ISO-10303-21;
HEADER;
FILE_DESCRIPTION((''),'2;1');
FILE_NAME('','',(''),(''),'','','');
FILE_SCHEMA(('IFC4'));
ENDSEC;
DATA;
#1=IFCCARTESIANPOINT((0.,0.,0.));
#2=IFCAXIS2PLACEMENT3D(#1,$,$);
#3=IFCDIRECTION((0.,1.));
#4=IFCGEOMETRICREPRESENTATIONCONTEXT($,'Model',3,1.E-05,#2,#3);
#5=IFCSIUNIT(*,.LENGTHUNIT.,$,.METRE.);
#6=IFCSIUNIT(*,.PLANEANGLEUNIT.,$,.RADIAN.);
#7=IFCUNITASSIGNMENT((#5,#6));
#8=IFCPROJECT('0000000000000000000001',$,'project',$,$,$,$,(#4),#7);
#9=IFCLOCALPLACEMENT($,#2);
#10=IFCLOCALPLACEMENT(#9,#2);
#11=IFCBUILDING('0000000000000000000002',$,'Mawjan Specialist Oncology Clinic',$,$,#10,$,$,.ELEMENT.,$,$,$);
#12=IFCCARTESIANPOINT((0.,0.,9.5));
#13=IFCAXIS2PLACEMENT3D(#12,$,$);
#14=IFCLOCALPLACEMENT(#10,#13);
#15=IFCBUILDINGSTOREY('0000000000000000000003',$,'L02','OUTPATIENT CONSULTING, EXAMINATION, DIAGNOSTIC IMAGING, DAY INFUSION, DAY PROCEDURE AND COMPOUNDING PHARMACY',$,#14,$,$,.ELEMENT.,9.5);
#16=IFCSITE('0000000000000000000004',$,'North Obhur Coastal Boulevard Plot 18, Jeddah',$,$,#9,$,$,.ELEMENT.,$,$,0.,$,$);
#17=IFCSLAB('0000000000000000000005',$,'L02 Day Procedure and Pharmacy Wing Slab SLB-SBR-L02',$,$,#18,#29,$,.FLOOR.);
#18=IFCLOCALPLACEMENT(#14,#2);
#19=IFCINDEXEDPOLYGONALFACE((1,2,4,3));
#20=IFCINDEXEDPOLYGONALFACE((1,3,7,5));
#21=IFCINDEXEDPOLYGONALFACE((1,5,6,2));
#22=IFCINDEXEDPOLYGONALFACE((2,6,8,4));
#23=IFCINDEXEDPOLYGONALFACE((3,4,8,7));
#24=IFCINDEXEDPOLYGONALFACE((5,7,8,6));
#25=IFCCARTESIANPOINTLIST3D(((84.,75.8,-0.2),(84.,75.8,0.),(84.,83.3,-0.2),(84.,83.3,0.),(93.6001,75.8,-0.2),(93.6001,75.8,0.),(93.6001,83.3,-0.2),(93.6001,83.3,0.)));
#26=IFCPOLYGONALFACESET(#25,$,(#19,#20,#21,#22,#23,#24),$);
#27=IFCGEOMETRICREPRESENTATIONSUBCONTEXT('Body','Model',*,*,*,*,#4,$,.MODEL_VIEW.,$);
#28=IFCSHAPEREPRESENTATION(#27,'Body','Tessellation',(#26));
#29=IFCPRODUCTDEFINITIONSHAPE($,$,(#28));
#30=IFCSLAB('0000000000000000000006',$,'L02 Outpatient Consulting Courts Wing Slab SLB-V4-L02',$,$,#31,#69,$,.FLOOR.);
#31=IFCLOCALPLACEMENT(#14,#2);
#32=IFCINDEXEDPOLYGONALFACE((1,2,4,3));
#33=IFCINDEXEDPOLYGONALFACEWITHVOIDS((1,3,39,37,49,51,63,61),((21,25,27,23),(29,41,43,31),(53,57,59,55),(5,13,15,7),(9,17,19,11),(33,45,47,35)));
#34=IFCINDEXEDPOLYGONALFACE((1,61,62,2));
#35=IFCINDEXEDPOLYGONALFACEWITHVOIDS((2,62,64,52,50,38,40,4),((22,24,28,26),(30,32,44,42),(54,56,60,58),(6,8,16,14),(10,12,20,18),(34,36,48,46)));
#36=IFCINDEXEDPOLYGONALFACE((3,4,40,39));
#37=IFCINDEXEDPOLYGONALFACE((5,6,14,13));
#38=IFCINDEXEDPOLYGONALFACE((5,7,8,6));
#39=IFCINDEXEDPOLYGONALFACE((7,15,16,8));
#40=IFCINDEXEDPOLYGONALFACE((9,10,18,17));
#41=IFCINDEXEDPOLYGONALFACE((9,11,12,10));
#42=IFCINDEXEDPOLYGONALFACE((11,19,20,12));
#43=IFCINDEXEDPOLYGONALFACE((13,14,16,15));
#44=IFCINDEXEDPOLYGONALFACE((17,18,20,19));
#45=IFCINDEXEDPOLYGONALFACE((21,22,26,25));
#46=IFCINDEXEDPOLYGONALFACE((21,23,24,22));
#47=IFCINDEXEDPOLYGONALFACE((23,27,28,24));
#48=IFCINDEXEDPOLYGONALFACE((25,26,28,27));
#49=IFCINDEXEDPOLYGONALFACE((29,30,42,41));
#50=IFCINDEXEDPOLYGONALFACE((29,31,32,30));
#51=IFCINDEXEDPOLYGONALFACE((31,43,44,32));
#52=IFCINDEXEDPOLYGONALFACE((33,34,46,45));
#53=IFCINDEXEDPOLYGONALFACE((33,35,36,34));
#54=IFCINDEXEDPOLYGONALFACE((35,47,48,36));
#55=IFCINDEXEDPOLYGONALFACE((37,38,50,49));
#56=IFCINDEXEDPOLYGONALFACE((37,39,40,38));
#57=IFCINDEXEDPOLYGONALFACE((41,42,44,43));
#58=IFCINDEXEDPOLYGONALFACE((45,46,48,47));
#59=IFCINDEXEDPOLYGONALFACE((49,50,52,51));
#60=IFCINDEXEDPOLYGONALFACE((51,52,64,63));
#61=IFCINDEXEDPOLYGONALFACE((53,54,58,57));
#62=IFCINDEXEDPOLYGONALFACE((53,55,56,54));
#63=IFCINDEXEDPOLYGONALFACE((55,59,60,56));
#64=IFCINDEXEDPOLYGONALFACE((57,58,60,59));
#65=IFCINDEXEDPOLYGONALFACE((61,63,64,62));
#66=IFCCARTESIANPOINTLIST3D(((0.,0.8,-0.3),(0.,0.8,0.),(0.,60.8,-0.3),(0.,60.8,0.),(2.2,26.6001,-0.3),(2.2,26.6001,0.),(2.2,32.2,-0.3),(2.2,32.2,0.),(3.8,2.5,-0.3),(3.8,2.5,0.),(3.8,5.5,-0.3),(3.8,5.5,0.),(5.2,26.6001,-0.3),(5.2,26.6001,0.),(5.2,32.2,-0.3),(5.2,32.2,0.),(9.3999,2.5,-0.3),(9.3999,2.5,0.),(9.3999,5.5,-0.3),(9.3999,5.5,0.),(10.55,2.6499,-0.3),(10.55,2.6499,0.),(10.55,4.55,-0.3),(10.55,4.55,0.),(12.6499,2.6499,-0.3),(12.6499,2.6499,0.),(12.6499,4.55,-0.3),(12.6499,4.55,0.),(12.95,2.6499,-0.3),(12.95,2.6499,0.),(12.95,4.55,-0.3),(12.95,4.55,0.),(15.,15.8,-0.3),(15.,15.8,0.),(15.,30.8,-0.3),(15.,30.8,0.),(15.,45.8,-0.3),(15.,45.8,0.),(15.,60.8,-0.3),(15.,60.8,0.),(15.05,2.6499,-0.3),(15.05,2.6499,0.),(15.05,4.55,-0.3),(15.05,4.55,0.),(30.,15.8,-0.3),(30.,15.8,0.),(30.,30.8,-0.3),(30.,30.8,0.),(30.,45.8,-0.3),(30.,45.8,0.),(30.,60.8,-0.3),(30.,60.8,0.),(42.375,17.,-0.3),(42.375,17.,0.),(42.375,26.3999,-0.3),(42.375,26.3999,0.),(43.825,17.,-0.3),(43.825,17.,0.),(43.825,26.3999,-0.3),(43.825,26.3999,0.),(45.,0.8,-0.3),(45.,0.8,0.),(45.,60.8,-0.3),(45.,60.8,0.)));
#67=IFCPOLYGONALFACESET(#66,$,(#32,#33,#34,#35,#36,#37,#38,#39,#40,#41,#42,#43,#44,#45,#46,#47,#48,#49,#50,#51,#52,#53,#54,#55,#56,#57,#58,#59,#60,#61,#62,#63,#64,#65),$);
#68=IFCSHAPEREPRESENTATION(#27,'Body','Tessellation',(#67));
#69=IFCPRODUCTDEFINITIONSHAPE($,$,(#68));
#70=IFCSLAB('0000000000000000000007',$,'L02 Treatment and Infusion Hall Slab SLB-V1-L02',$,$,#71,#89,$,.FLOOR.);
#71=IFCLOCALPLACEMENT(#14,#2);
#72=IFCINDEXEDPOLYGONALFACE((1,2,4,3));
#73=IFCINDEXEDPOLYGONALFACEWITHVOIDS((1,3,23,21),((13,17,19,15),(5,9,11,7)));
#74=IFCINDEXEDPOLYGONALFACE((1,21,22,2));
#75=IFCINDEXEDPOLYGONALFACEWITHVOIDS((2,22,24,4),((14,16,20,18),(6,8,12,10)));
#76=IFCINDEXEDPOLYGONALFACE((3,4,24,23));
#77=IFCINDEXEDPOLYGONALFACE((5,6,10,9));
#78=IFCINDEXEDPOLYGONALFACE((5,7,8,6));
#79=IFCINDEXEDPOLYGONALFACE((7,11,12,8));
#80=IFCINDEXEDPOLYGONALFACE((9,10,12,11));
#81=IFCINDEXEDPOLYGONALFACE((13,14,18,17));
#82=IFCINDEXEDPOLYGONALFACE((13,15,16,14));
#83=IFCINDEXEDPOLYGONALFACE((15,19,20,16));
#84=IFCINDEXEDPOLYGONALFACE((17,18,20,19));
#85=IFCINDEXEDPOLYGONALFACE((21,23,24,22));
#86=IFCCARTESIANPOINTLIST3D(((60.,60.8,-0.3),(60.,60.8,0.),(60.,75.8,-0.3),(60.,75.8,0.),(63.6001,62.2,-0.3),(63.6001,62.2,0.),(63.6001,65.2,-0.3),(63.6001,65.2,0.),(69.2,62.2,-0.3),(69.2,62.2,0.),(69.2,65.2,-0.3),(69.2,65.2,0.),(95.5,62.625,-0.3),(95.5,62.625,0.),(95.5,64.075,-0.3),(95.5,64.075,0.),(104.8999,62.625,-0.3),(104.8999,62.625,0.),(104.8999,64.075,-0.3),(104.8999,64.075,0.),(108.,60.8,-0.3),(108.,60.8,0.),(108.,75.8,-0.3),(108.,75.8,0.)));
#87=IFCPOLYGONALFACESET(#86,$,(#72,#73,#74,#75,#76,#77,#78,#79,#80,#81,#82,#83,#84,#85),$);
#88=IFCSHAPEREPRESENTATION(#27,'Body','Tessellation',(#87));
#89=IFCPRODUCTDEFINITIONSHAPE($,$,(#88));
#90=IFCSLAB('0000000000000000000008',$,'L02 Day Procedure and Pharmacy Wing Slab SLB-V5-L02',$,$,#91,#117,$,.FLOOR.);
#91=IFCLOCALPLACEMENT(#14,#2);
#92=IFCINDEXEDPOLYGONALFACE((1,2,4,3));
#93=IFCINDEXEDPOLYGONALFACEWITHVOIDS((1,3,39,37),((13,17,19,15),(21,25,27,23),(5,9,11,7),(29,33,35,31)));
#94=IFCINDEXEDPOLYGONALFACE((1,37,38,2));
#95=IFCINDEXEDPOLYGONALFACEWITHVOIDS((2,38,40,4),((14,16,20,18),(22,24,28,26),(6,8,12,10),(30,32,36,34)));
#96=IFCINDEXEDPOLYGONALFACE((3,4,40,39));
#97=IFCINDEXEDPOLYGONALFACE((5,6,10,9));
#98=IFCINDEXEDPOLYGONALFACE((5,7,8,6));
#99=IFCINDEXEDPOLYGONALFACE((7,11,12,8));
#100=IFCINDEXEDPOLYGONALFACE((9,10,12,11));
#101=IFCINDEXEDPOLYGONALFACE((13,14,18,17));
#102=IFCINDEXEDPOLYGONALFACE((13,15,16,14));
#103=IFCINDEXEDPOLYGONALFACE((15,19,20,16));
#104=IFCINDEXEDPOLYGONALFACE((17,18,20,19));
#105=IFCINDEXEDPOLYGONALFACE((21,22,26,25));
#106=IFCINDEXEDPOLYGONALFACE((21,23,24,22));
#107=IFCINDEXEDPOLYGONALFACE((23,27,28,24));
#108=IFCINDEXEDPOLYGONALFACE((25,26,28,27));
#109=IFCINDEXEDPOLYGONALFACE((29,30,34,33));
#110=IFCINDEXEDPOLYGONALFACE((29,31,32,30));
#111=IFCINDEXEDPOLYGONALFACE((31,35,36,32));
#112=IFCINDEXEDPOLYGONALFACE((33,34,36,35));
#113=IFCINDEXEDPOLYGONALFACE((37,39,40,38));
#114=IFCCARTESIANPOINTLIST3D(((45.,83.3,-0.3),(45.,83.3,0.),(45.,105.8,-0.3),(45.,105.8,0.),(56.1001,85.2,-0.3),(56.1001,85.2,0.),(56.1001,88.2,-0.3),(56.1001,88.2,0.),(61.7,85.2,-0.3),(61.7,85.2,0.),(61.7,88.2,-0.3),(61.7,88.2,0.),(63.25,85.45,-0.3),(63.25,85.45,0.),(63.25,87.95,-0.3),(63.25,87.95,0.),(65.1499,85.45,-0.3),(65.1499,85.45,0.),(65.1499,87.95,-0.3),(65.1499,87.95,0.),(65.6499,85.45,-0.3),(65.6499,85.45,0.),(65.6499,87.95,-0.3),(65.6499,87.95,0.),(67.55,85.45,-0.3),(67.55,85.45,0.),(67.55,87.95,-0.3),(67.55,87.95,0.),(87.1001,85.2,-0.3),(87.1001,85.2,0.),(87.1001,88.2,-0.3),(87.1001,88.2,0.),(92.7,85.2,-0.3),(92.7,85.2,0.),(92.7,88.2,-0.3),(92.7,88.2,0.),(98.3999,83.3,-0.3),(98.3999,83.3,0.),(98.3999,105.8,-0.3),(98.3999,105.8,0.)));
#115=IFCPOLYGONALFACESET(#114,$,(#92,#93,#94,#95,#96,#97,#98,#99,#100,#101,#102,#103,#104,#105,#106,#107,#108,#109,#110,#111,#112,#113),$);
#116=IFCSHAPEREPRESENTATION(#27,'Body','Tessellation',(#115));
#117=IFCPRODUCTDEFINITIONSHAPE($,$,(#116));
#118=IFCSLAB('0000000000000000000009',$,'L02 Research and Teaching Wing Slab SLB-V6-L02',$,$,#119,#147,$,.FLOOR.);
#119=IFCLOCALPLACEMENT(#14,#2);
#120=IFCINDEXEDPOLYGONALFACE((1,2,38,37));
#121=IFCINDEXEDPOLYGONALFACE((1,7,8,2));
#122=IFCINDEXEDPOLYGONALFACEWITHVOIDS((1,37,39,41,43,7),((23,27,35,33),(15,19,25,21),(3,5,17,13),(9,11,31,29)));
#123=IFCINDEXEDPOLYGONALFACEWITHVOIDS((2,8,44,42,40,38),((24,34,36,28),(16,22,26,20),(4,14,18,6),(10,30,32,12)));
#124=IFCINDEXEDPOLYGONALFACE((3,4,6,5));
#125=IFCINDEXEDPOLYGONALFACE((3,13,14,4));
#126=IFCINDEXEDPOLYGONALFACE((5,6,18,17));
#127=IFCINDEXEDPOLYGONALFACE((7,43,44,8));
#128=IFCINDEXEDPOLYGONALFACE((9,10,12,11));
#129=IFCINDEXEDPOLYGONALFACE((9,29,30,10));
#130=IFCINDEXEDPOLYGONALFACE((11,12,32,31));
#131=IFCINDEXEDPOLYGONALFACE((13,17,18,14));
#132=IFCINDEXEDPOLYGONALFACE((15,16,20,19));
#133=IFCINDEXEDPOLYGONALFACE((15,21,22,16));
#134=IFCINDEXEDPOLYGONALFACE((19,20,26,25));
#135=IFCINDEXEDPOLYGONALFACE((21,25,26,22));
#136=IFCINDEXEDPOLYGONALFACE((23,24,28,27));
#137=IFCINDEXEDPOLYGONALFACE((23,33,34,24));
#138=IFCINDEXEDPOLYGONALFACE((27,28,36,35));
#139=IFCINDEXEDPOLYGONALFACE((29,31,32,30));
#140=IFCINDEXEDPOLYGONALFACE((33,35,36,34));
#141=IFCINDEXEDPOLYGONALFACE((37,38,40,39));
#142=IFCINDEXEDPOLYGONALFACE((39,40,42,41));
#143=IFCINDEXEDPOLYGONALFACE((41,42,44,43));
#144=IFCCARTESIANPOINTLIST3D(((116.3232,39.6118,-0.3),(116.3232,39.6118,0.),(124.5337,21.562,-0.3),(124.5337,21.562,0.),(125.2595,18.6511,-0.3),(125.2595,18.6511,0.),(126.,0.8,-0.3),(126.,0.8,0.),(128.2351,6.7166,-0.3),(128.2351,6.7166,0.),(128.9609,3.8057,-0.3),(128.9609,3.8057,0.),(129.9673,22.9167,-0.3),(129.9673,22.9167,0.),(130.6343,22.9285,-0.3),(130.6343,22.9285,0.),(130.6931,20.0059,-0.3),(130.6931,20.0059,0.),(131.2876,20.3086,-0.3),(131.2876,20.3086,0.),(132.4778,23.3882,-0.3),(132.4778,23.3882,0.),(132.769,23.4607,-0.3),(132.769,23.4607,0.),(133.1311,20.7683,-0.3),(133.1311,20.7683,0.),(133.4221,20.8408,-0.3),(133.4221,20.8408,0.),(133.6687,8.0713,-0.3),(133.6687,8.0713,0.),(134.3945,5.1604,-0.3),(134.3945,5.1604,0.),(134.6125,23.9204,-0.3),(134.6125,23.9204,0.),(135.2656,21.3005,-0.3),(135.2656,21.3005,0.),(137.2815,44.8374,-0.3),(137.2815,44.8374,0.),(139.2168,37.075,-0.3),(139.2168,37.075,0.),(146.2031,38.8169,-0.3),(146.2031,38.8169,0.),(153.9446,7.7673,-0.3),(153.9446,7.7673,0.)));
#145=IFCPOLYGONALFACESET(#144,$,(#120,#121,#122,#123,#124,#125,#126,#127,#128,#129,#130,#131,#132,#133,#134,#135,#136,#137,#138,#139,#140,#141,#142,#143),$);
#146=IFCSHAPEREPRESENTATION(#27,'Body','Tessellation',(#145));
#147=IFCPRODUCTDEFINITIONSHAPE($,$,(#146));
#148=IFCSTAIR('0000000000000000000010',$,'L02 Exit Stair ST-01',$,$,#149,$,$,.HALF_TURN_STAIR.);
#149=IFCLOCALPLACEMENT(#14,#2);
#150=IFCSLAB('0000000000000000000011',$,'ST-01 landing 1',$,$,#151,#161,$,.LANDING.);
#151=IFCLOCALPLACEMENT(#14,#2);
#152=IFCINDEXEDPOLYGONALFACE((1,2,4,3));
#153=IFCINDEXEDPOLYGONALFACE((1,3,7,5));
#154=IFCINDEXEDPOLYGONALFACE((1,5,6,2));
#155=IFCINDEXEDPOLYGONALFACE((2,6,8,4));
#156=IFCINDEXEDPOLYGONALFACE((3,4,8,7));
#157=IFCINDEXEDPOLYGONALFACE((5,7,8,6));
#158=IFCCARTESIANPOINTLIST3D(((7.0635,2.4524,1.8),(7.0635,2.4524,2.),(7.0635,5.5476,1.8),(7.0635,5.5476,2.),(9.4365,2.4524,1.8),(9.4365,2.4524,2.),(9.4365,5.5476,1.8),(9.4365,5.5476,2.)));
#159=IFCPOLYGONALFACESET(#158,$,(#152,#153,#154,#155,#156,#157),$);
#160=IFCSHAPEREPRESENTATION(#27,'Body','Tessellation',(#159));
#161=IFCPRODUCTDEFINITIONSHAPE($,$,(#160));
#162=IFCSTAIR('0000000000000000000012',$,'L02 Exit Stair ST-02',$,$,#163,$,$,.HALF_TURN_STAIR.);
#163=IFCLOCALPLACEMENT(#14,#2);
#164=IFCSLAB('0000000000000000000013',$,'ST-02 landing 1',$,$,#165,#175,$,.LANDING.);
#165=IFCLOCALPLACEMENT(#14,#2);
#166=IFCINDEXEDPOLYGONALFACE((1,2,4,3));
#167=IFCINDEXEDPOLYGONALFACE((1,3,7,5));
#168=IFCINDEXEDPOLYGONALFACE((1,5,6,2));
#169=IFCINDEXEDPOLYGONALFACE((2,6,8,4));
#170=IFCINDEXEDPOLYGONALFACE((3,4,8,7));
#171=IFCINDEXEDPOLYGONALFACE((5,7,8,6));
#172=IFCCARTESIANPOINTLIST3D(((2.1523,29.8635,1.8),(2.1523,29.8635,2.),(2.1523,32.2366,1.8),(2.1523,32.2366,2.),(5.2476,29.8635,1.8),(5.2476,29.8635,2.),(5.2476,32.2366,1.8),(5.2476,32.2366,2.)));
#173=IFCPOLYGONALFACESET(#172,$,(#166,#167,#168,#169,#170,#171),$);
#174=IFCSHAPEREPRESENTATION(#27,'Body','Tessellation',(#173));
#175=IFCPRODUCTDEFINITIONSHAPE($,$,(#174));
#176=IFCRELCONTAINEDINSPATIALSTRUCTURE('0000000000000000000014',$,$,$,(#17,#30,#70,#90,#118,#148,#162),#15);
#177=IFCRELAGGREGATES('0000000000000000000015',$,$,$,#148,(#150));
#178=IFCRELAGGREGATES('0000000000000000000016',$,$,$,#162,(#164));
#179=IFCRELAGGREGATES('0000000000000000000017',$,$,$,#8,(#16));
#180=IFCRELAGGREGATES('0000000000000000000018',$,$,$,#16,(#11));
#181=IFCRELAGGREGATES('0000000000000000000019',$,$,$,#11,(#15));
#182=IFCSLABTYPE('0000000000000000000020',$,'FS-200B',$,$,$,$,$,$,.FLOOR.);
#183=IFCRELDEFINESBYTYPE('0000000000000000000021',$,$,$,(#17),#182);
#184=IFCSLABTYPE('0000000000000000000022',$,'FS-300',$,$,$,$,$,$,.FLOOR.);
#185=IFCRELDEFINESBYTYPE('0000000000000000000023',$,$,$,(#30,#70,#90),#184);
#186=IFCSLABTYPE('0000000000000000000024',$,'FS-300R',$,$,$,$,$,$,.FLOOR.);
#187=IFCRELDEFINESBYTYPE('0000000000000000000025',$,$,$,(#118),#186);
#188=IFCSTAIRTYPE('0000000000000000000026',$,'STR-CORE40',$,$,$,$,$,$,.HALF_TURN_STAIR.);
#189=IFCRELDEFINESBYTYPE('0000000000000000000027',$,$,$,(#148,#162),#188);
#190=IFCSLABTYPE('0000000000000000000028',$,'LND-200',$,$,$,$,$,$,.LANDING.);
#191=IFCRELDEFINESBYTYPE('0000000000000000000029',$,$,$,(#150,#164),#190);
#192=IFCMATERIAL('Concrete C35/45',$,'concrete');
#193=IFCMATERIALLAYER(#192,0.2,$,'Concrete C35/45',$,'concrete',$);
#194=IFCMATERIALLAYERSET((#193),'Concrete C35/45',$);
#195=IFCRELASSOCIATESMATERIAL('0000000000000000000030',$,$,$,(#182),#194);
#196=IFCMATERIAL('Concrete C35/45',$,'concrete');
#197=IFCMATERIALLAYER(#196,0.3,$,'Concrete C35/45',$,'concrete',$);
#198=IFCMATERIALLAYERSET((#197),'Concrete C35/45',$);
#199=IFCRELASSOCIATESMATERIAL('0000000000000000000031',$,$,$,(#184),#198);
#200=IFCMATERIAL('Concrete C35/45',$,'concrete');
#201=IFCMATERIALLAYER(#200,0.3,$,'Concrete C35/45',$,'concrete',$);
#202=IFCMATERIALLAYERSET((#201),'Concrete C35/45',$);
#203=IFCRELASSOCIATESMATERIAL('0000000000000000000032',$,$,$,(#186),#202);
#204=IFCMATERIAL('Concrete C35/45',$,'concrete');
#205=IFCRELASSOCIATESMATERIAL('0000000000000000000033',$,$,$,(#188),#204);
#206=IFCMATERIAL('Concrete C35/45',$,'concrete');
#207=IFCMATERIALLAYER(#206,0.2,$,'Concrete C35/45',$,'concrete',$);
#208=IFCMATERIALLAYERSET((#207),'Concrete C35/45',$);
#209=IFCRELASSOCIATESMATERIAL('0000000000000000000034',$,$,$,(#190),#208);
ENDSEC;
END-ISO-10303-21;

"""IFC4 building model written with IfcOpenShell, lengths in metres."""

from ifc_helpers import new_model, si_unit, direction, frame, origin, place, context, subcontext, project, spatial, polyline, outline, extrude, material, layer, layer_set, type_object, element, aggregate, save


model = new_model("IFC4")

# Units and contexts
model_context = context("Model", 3, precision=1e-05, world=origin(), true_north=direction((0.0, 1.0)))
body_context = subcontext(model_context, "Body", "Model", "MODEL_VIEW")
ifc_project = project(units=[si_unit("LENGTHUNIT", "METRE"), si_unit("PLANEANGLEUNIT", "RADIAN")], contexts=[model_context])

# Site, building, storey
site_placement = place(None, origin())
site = spatial("IfcSite", under=ifc_project, at=site_placement, Name="North Obhur Coastal Boulevard Plot 18, Jeddah", CompositionType="ELEMENT", RefElevation=0.0)
building_placement = place(site_placement, origin())
building = spatial("IfcBuilding", under=site, at=building_placement, Name="Mawjan Specialist Oncology Clinic", CompositionType="ELEMENT")
storey_placement = place(building_placement, frame((0.0, 0.0, 9.5)))
storey = spatial("IfcBuildingStorey", under=building, at=storey_placement, Name="L02", Description="OUTPATIENT CONSULTING, EXAMINATION, DIAGNOSTIC IMAGING, DAY INFUSION, DAY PROCEDURE AND COMPOUNDING PHARMACY", CompositionType="ELEMENT", Elevation=9.5)

# Slabs
ifc_material_1 = material(Name="Concrete C35/45", Category="concrete")
ifc_layer_1 = layer(ifc_material_1, 0.2, Name="Concrete C35/45", Category="concrete")
ifc_layer_set_1 = layer_set([ifc_layer_1], Name="Concrete C35/45")
slab_type_1 = type_object("IfcSlabType", Name="FS-200B", PredefinedType="FLOOR", material=ifc_layer_set_1)
slab_1_placement = place(storey_placement, frame((0.0, 0.0, -0.2)))
element("IfcSlab", 1, at=slab_1_placement, inside=storey, type_object=slab_type_1, Name="L02 Day Procedure and Pharmacy Wing Slab SLB-SBR-L02", PredefinedType="FLOOR", context=body_context, shape_type="SweptSolid", body=[
    extrude(outline(polyline([(84.0, 75.8), (93.6001, 75.8), (93.6001, 83.3), (84.0, 83.3), (84.0, 75.8)])), origin(), (0.0, 0.0, 1.0), 0.2),
])
ifc_material_2 = material(Name="Concrete C35/45", Category="concrete")
ifc_layer_2 = layer(ifc_material_2, 0.3, Name="Concrete C35/45", Category="concrete")
ifc_layer_set_2 = layer_set([ifc_layer_2], Name="Concrete C35/45")
slab_type_2 = type_object("IfcSlabType", Name="FS-300", PredefinedType="FLOOR", material=ifc_layer_set_2)
slab_2_placement = place(storey_placement, frame((0.0, 0.0, -0.3)))
element("IfcSlab", 2, at=slab_2_placement, inside=storey, type_object=slab_type_2, Name="L02 Outpatient Consulting Courts Wing Slab SLB-V4-L02", PredefinedType="FLOOR", context=body_context, shape_type="SweptSolid", body=[
    extrude(outline(polyline([(0.0, 0.8), (45.0, 0.8), (45.0, 60.8), (30.0, 60.8), (30.0, 45.8), (15.0, 45.8), (15.0, 60.8), (0.0, 60.8), (0.0, 0.8)]), holes=[polyline([(15.0, 15.8), (30.0, 15.8), (30.0, 30.8), (15.0, 30.8), (15.0, 15.8)]), polyline([(3.8, 2.5), (9.3999, 2.5), (9.3999, 5.5), (3.8, 5.5), (3.8, 2.5)]), polyline([(10.55, 2.6499), (12.6499, 2.6499), (12.6499, 4.55), (10.55, 4.55), (10.55, 2.6499)]), polyline([(12.95, 2.6499), (15.05, 2.6499), (15.05, 4.55), (12.95, 4.55), (12.95, 2.6499)]), polyline([(5.2, 26.6001), (5.2, 32.2), (2.2, 32.2), (2.2, 26.6001), (5.2, 26.6001)]), polyline([(42.375, 17.0), (43.825, 17.0), (43.825, 26.3999), (42.375, 26.3999), (42.375, 17.0)])]), origin(), (0.0, 0.0, 1.0), 0.3),
])
slab_3_placement = place(storey_placement, frame((0.0, 0.0, -0.3)))
element("IfcSlab", 3, at=slab_3_placement, inside=storey, type_object=slab_type_2, Name="L02 Treatment and Infusion Hall Slab SLB-V1-L02", PredefinedType="FLOOR", context=body_context, shape_type="SweptSolid", body=[
    extrude(outline(polyline([(60.0, 60.8), (108.0, 60.8), (108.0, 75.8), (60.0, 75.8), (60.0, 60.8)]), holes=[polyline([(63.6001, 62.2), (69.2, 62.2), (69.2, 65.2), (63.6001, 65.2), (63.6001, 62.2)]), polyline([(95.5, 62.625), (104.8999, 62.625), (104.8999, 64.075), (95.5, 64.075), (95.5, 62.625)])]), origin(), (0.0, 0.0, 1.0), 0.3),
])
slab_4_placement = place(storey_placement, frame((0.0, 0.0, -0.3)))
element("IfcSlab", 4, at=slab_4_placement, inside=storey, type_object=slab_type_2, Name="L02 Day Procedure and Pharmacy Wing Slab SLB-V5-L02", PredefinedType="FLOOR", context=body_context, shape_type="SweptSolid", body=[
    extrude(outline(polyline([(45.0, 83.3), (98.3999, 83.3), (98.3999, 105.8), (45.0, 105.8), (45.0, 83.3)]), holes=[polyline([(56.1001, 85.2), (61.7, 85.2), (61.7, 88.2), (56.1001, 88.2), (56.1001, 85.2)]), polyline([(63.25, 85.45), (65.1499, 85.45), (65.1499, 87.95), (63.25, 87.95), (63.25, 85.45)]), polyline([(65.6499, 85.45), (67.55, 85.45), (67.55, 87.95), (65.6499, 87.95), (65.6499, 85.45)]), polyline([(87.1001, 85.2), (92.7, 85.2), (92.7, 88.2), (87.1001, 88.2), (87.1001, 85.2)])]), origin(), (0.0, 0.0, 1.0), 0.3),
])
ifc_material_3 = material(Name="Concrete C35/45", Category="concrete")
ifc_layer_3 = layer(ifc_material_3, 0.3, Name="Concrete C35/45", Category="concrete")
ifc_layer_set_3 = layer_set([ifc_layer_3], Name="Concrete C35/45")
slab_type_3 = type_object("IfcSlabType", Name="FS-300R", PredefinedType="FLOOR", material=ifc_layer_set_3)
slab_5_placement = place(storey_placement, frame((0.0, 0.0, -0.3)))
element("IfcSlab", 5, at=slab_5_placement, inside=storey, type_object=slab_type_3, Name="L02 Research and Teaching Wing Slab SLB-V6-L02", PredefinedType="FLOOR", context=body_context, shape_type="SweptSolid", body=[
    extrude(outline(polyline([(126.0, 0.8), (153.9446, 7.7673), (146.2031, 38.8169), (139.2168, 37.075), (137.2815, 44.8374), (116.3232, 39.6118), (126.0, 0.8)]), holes=[polyline([(125.2595, 18.6511), (130.6931, 20.0059), (129.9673, 22.9167), (124.5337, 21.562), (125.2595, 18.6511)]), polyline([(131.2876, 20.3086), (133.1311, 20.7683), (132.4778, 23.3882), (130.6343, 22.9285), (131.2876, 20.3086)]), polyline([(133.4221, 20.8408), (135.2656, 21.3005), (134.6125, 23.9204), (132.769, 23.4607), (133.4221, 20.8408)]), polyline([(128.9609, 3.8057), (134.3945, 5.1604), (133.6687, 8.0713), (128.2351, 6.7166), (128.9609, 3.8057)])]), origin(), (0.0, 0.0, 1.0), 0.3),
])

# Stairs, slabs
ifc_material_4 = material(Name="Concrete C35/45", Category="concrete")
stair_type = type_object("IfcStairType", Name="STR-CORE40", PredefinedType="HALF_TURN_STAIR", material=ifc_material_4)
stair_1_placement = place(storey_placement, origin())
stair_1 = element("IfcStair", 6, at=stair_1_placement, inside=storey, type_object=stair_type, Name="L02 Exit Stair ST-01", PredefinedType="HALF_TURN_STAIR")
ifc_material_5 = material(Name="Concrete C35/45", Category="concrete")
ifc_layer_4 = layer(ifc_material_5, 0.2, Name="Concrete C35/45", Category="concrete")
ifc_layer_set_4 = layer_set([ifc_layer_4], Name="Concrete C35/45")
slab_type_4 = type_object("IfcSlabType", Name="LND-200", PredefinedType="LANDING", material=ifc_layer_set_4)
slab_6_placement = place(storey_placement, frame((0.0, 0.0, 1.8)))
slab_6 = element("IfcSlab", 7, at=slab_6_placement, type_object=slab_type_4, Name="ST-01 landing 1", PredefinedType="LANDING", context=body_context, shape_type="SweptSolid", body=[
    extrude(outline(polyline([(7.0635, 2.4524), (9.4365, 2.4524), (9.4365, 5.5476), (7.0635, 5.5476), (7.0635, 2.4524)])), origin(), (0.0, 0.0, 1.0), 0.2),
])
aggregate(stair_1, [slab_6])
stair_2_placement = place(storey_placement, origin())
stair_2 = element("IfcStair", 8, at=stair_2_placement, inside=storey, type_object=stair_type, Name="L02 Exit Stair ST-02", PredefinedType="HALF_TURN_STAIR")
slab_7_placement = place(storey_placement, frame((0.0, 0.0, 1.8)))
slab_7 = element("IfcSlab", 9, at=slab_7_placement, type_object=slab_type_4, Name="ST-02 landing 1", PredefinedType="LANDING", context=body_context, shape_type="SweptSolid", body=[
    extrude(outline(polyline([(5.2476, 29.8635), (5.2476, 32.2366), (2.1523, 32.2366), (2.1523, 29.8635), (5.2476, 29.8635)])), origin(), (0.0, 0.0, 1.0), 0.2),
])
aggregate(stair_2, [slab_7])

save(model, "model.ifc")
